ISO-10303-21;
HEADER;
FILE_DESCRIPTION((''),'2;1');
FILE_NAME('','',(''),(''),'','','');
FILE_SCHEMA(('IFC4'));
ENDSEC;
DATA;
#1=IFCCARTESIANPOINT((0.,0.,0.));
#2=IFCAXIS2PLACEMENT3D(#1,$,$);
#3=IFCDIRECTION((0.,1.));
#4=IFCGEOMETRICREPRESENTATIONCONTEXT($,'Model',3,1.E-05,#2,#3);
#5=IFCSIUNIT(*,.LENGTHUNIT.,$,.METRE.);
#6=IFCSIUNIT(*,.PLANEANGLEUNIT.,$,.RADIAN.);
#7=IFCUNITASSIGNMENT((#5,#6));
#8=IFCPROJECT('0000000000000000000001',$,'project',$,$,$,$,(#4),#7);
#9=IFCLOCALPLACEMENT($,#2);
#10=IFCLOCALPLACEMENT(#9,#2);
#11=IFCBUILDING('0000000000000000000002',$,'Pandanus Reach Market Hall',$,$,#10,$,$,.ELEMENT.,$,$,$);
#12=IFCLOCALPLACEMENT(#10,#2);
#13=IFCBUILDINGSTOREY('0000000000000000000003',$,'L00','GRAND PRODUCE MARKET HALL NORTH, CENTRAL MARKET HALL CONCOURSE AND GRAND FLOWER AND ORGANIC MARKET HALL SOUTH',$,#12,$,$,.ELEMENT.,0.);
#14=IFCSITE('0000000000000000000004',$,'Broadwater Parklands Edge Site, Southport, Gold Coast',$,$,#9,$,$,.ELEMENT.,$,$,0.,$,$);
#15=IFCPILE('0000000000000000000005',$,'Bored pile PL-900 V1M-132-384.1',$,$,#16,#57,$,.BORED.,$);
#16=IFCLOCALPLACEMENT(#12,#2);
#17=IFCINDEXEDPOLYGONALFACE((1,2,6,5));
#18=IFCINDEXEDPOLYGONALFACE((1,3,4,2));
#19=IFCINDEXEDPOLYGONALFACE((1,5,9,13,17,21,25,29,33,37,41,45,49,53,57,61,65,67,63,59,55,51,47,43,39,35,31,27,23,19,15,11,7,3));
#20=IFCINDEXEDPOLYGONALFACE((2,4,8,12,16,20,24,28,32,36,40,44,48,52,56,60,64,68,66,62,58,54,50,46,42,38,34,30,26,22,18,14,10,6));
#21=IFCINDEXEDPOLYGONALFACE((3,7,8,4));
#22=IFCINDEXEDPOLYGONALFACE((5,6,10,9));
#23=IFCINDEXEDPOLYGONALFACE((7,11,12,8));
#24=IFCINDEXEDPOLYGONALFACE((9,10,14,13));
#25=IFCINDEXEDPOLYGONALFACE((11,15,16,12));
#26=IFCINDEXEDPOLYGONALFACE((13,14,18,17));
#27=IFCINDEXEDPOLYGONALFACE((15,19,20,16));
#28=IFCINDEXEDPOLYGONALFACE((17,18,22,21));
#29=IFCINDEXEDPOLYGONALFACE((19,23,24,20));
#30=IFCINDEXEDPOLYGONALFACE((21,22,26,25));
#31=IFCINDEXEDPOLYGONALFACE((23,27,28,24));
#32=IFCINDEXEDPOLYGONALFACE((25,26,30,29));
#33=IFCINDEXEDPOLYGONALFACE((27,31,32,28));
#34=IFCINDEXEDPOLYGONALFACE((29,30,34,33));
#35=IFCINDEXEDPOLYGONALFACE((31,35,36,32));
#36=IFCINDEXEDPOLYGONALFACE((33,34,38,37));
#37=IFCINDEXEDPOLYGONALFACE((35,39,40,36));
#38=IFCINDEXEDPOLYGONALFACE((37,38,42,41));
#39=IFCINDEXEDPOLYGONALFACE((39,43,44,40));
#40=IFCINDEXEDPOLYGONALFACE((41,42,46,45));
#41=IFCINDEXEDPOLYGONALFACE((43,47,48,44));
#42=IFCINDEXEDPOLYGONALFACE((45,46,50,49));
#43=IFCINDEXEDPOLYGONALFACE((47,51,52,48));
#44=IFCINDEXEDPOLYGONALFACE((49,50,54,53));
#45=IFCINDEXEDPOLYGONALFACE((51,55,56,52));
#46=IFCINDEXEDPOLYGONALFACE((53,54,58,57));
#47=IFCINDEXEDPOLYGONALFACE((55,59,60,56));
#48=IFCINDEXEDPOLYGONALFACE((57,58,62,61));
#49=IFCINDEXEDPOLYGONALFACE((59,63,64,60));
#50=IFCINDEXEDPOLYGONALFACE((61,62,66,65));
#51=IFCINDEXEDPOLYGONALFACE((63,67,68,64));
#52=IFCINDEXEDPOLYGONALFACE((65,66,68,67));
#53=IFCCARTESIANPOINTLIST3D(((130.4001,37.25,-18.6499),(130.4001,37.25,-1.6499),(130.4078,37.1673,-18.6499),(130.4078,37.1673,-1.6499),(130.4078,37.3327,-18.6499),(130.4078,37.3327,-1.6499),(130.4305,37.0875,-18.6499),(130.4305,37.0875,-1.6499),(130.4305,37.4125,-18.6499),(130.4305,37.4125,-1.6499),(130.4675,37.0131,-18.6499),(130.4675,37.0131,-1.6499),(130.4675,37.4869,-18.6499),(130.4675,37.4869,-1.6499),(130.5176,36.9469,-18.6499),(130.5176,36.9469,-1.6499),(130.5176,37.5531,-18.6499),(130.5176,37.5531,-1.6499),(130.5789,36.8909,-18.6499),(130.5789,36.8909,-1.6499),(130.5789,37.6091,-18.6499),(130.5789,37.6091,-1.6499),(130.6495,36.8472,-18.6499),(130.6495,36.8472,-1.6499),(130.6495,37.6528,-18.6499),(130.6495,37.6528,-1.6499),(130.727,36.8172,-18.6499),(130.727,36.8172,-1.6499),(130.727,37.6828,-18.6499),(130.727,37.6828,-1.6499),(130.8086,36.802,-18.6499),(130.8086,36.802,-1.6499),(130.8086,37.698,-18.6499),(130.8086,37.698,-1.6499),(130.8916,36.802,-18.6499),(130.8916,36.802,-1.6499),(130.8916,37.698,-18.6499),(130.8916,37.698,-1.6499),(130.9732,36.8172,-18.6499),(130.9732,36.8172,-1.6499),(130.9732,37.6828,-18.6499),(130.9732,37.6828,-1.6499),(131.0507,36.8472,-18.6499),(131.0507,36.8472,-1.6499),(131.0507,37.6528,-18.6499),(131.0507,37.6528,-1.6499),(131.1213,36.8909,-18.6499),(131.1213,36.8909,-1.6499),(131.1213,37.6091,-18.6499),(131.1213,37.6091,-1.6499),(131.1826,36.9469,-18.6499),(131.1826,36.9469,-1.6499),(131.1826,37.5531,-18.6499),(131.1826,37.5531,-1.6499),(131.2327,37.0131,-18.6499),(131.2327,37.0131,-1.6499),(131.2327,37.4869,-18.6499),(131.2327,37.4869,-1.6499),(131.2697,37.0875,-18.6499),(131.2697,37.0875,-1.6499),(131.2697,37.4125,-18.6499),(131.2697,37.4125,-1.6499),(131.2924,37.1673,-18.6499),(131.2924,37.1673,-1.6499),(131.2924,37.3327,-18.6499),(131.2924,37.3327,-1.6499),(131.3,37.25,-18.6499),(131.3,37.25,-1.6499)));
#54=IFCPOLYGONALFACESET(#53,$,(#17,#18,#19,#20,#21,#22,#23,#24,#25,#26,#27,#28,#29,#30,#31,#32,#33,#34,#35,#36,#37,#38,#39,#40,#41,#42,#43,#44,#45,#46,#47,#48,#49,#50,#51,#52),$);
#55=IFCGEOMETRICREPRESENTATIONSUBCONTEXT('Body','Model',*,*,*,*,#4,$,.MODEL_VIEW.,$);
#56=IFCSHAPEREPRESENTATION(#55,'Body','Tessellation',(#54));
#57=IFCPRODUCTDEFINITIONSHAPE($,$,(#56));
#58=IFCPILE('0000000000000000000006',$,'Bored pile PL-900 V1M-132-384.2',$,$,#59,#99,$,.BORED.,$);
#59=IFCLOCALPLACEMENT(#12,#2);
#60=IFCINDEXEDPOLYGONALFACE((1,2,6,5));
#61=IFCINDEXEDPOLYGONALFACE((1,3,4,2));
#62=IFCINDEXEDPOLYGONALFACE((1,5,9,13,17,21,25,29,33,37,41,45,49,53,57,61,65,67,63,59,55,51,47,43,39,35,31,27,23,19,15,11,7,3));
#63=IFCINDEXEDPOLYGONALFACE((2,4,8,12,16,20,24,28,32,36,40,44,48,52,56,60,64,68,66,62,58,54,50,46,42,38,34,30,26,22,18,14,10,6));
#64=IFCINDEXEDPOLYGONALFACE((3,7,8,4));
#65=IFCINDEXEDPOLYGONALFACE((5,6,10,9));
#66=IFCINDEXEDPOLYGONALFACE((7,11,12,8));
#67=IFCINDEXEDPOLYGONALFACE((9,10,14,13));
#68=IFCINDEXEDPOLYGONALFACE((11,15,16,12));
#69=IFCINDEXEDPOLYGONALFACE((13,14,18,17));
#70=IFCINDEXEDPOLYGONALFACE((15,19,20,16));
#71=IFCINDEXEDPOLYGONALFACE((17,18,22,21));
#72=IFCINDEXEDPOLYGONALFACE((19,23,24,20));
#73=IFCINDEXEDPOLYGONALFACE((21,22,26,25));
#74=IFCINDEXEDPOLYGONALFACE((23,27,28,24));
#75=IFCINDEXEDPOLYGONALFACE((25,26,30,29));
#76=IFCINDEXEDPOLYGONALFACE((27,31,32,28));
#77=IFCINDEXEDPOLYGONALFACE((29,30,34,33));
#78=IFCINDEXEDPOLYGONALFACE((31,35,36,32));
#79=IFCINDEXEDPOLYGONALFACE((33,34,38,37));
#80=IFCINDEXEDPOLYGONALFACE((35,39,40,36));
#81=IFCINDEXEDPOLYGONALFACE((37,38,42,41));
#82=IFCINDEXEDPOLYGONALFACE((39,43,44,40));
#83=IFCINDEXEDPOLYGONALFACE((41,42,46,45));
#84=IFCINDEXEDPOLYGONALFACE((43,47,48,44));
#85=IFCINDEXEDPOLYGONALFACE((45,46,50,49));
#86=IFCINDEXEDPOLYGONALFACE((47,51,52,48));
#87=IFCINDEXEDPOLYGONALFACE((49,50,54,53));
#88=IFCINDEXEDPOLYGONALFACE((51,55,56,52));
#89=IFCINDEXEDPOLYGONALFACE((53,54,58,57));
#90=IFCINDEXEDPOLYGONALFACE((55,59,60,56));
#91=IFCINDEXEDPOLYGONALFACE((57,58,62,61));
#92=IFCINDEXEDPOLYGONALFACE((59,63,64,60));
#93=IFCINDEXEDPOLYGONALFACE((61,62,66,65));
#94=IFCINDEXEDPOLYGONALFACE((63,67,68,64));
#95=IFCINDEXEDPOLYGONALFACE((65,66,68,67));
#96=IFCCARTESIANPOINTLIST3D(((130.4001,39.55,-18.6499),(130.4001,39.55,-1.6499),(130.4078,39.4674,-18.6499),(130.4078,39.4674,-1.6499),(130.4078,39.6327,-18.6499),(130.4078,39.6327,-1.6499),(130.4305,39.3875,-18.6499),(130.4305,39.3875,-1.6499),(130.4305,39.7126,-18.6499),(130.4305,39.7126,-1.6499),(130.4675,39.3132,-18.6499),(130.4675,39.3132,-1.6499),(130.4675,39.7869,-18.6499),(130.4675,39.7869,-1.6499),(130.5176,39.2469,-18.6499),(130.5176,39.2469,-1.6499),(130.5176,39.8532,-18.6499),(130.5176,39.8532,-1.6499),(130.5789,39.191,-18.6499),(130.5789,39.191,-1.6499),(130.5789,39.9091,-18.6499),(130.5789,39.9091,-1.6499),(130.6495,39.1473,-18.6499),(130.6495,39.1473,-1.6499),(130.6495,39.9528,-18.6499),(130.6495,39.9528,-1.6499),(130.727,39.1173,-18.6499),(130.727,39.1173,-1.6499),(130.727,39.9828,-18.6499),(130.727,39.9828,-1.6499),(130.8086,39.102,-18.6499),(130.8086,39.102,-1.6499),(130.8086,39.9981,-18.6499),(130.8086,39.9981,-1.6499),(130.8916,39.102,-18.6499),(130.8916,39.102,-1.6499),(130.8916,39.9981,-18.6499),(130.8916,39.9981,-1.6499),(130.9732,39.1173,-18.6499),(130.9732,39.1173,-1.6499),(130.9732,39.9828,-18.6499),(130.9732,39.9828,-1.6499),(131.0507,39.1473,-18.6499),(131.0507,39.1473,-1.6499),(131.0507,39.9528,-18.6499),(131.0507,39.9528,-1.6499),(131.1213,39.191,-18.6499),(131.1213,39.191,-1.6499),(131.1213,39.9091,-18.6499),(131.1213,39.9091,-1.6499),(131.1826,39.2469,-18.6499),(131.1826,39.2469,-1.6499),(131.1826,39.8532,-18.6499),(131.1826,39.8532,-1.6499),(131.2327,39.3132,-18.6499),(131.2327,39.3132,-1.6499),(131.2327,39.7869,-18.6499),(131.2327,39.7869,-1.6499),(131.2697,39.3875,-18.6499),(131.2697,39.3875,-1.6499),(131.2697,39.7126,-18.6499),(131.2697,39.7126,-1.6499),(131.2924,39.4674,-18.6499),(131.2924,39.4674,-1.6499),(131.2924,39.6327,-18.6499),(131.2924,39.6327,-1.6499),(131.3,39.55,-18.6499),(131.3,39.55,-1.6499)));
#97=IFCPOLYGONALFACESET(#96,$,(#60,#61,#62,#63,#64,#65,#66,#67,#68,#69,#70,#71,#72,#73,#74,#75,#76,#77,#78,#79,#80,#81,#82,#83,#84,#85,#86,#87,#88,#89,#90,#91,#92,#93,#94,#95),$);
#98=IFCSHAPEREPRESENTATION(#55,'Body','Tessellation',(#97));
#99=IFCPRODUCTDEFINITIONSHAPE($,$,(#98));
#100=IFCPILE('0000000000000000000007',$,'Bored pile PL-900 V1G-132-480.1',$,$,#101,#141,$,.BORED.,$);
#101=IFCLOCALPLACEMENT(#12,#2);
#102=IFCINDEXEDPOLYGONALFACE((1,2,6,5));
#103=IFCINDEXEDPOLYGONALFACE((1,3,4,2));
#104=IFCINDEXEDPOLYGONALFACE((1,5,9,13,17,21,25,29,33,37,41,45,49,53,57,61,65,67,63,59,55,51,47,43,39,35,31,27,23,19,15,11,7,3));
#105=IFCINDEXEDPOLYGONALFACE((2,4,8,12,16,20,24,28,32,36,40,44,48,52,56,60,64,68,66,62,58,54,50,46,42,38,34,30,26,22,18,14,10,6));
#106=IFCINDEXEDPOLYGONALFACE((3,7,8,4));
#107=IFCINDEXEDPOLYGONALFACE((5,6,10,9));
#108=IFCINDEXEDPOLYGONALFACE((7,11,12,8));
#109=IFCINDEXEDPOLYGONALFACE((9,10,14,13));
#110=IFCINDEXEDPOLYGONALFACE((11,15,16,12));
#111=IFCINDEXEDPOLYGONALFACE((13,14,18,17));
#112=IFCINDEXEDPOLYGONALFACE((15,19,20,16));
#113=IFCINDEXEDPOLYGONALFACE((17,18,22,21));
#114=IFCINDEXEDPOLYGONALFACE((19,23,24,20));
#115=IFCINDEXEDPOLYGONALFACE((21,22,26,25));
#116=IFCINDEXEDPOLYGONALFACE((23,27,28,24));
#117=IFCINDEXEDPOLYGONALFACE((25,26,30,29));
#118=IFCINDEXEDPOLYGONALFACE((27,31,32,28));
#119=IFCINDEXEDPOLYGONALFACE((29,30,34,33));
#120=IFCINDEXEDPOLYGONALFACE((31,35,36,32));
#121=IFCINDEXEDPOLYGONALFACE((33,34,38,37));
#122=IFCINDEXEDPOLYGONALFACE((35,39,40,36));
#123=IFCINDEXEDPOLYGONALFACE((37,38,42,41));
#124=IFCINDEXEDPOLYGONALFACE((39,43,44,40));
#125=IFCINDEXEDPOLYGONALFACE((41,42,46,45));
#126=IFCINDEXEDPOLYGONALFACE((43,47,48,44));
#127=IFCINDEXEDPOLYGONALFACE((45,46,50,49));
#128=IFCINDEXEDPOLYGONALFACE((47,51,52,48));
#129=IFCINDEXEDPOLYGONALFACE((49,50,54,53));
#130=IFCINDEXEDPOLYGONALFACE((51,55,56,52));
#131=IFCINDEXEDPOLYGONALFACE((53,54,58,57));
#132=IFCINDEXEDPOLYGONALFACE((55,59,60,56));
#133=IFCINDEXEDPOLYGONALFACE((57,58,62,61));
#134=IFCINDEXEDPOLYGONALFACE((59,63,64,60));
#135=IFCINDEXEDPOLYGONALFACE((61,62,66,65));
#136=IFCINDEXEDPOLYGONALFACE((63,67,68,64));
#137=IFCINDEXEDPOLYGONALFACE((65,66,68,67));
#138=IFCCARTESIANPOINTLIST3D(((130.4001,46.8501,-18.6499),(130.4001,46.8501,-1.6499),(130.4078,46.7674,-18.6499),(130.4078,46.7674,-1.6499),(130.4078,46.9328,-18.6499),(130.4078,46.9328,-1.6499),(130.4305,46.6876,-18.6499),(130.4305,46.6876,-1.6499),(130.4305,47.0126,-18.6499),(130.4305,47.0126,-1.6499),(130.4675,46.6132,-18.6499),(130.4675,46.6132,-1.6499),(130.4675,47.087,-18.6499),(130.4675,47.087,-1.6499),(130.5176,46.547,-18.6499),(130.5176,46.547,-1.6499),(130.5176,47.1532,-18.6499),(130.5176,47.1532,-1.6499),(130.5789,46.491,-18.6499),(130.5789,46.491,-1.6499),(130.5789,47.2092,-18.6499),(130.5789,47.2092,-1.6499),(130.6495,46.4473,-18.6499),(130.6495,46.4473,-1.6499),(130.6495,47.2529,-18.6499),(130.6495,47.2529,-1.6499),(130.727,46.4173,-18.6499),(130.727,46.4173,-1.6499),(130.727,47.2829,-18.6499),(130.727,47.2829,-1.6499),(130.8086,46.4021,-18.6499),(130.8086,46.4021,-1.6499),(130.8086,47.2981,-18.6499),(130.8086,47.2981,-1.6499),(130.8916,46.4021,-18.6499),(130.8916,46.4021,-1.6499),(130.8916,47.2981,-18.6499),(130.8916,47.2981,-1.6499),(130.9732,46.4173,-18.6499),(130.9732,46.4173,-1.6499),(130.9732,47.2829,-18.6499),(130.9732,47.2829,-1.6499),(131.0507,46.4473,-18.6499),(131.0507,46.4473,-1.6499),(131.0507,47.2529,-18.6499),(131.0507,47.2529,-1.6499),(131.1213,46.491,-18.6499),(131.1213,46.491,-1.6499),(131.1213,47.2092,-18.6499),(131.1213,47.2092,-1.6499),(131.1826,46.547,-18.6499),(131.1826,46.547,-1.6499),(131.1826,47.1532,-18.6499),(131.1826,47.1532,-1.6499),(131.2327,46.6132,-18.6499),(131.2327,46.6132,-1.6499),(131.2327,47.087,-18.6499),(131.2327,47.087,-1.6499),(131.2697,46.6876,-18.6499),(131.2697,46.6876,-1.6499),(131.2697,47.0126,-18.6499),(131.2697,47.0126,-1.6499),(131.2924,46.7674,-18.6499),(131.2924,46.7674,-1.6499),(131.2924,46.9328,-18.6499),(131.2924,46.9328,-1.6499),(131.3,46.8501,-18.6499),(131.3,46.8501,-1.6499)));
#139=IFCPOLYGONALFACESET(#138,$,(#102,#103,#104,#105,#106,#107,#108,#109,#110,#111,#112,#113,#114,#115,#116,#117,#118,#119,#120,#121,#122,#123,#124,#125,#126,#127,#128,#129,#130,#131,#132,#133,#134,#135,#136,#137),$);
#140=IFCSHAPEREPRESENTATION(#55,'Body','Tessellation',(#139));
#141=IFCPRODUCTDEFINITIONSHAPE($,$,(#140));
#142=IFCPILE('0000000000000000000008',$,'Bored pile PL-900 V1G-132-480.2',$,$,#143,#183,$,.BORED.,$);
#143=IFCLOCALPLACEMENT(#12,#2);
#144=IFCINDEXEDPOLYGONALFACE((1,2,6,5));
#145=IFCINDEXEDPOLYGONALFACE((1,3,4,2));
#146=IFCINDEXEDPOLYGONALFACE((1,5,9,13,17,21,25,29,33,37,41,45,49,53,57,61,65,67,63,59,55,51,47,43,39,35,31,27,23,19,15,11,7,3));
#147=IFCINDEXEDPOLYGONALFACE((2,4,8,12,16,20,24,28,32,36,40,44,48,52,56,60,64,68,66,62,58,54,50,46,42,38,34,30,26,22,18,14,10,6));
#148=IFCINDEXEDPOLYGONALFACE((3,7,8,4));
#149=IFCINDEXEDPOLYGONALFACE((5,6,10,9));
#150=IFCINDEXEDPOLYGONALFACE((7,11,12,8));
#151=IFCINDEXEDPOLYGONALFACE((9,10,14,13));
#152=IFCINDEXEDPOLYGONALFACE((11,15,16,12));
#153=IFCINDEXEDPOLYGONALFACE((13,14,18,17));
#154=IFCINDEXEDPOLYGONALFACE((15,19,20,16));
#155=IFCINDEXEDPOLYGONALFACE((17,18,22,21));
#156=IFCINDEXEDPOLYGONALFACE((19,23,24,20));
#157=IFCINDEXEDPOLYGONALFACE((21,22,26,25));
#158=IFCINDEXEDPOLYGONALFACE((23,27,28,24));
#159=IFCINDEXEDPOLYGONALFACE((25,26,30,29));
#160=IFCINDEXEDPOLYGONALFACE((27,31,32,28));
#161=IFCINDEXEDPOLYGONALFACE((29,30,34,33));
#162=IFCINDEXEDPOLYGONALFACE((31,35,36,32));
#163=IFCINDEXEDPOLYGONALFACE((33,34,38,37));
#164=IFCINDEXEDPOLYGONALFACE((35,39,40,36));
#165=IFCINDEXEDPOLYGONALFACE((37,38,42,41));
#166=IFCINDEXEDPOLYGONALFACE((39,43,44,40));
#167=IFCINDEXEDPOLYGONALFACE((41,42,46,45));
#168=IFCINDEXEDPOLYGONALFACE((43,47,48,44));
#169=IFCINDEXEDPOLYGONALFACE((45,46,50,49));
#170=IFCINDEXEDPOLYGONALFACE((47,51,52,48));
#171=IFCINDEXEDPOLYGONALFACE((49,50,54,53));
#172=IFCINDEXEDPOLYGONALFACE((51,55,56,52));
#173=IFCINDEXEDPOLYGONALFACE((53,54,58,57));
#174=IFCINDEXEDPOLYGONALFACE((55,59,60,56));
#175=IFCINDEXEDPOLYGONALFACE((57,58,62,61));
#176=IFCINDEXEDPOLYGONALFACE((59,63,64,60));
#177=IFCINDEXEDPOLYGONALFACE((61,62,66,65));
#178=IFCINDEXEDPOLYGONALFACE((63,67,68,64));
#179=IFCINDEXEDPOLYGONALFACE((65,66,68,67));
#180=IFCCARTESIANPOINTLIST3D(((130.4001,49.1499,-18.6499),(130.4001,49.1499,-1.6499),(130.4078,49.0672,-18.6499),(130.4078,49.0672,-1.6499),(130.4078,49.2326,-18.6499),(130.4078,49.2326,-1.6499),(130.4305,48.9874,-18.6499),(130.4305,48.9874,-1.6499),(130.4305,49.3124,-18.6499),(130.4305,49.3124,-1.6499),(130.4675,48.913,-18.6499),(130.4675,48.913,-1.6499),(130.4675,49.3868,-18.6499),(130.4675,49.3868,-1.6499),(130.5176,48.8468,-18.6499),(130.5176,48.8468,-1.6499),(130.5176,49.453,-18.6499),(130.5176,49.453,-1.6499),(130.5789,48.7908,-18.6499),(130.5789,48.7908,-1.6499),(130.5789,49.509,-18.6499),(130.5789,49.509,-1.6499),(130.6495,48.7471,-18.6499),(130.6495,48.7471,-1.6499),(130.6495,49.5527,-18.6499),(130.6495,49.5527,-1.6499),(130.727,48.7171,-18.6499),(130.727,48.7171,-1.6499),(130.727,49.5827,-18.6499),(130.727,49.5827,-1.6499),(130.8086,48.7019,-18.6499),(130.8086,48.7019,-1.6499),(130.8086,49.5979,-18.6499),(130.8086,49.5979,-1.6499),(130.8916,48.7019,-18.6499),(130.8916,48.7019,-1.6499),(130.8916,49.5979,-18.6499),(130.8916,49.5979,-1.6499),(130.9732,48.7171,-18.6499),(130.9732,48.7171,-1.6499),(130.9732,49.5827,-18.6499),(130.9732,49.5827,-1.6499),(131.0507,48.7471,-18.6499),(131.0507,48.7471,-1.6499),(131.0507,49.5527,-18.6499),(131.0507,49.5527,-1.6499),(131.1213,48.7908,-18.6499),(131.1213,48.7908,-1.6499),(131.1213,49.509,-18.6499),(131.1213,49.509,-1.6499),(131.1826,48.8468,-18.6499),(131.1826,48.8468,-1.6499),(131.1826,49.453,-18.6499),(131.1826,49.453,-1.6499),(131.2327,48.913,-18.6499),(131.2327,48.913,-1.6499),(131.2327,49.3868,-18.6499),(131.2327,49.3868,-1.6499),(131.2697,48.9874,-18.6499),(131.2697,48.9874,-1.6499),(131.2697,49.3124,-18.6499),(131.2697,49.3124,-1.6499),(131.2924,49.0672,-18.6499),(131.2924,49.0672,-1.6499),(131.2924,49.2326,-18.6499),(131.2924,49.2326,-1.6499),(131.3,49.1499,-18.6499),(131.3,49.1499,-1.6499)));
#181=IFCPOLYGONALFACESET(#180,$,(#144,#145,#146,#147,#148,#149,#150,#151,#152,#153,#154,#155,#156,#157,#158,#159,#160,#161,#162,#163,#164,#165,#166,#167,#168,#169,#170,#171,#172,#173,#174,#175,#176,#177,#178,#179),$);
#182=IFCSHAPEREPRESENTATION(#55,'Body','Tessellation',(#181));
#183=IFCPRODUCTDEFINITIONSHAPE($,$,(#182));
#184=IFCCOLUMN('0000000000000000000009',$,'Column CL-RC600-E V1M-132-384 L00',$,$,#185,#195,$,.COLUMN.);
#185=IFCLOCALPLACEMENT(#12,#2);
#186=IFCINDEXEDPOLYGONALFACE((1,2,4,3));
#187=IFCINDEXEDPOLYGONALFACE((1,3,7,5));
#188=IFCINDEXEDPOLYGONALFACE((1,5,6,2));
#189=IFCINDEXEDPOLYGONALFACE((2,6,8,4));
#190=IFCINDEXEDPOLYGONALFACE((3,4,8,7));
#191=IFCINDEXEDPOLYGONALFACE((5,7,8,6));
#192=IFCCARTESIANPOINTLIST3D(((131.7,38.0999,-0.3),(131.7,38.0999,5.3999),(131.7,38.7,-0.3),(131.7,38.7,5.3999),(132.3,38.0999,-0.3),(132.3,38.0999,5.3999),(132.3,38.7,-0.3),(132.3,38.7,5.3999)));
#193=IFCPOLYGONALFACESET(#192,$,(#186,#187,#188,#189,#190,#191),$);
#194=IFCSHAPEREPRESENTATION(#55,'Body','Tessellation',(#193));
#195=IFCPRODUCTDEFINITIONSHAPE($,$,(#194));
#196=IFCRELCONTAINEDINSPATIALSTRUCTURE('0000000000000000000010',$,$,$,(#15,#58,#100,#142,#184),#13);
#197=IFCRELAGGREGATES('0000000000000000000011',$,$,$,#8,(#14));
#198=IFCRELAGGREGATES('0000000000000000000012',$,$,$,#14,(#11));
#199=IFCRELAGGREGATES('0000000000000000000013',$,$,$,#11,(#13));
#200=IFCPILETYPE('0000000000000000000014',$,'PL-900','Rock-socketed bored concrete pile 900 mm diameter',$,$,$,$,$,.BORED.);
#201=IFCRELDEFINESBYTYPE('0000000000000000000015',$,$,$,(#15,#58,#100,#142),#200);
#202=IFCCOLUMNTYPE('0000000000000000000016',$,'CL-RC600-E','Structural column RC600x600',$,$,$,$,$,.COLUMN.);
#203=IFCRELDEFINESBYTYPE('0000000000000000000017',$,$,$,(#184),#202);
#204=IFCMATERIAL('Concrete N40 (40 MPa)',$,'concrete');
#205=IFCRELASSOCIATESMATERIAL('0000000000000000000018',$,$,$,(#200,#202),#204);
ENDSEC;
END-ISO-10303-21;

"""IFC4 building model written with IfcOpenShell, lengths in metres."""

from ifc_helpers import new_model, si_unit, direction, frame, origin, origin_2d, place, context, subcontext, project, spatial, rectangle, circle, extrude, material, material_profile, profile_set, type_object, element, save


model = new_model("IFC4")

# Units and contexts
model_context = context("Model", 3, precision=1e-05, world=origin(), true_north=direction((0.0, 1.0)))
body_context = subcontext(model_context, "Body", "Model", "MODEL_VIEW")
ifc_project = project(units=[si_unit("LENGTHUNIT", "METRE"), si_unit("PLANEANGLEUNIT", "RADIAN")], contexts=[model_context])

# Site, building, storey
site_placement = place(None, origin())
site = spatial("IfcSite", under=ifc_project, at=site_placement, Name="Broadwater Parklands Edge Site, Southport, Gold Coast", CompositionType="ELEMENT", RefElevation=0.0)
building_placement = place(site_placement, origin())
building = spatial("IfcBuilding", under=site, at=building_placement, Name="Pandanus Reach Market Hall", CompositionType="ELEMENT")
storey_placement = place(building_placement, origin())
storey = spatial("IfcBuildingStorey", under=building, at=storey_placement, Name="L00", Description="GRAND PRODUCE MARKET HALL NORTH, CENTRAL MARKET HALL CONCOURSE AND GRAND FLOWER AND ORGANIC MARKET HALL SOUTH", CompositionType="ELEMENT", Elevation=0.0)

# Shared definitions
ifc_material_1 = material(Name="Concrete N40 (40 MPa)", Category="concrete")

# Piles
ifc_material_profile_1 = material_profile(ifc_material_1, circle(Radius=0.45, at=origin_2d()), Name="PILE-900D", Category="LoadBearing")
ifc_profile_set_1 = profile_set([ifc_material_profile_1], Name="Concrete N40 (40 MPa)")
pile_type = type_object("IfcPileType", Name="PL-900", Description="Rock-socketed bored concrete pile 900 mm diameter", PredefinedType="BORED", material=ifc_profile_set_1)
for number, where, z_axis, x_axis, name in (
    (1, (130.8501, 37.25, -1.6499), (0.0, 0.0, -1.0), (1.0, 0.0, 0.0), "Bored pile PL-900 V1M-132-384.1"),
    (2, (130.8501, 39.55, -1.6499), (0.0, 0.0, -1.0), (1.0, 0.0, 0.0), "Bored pile PL-900 V1M-132-384.2"),
    (3, (130.8501, 46.8501, -1.6499), (0.0, 0.0, -1.0), (1.0, 0.0, 0.0), "Bored pile PL-900 V1G-132-480.1"),
    (4, (130.8501, 49.1499, -1.6499), (0.0, 0.0, -1.0), (1.0, 0.0, 0.0), "Bored pile PL-900 V1G-132-480.2"),
):
    element("IfcPile", number, at=place(storey_placement, frame(where, z_axis=z_axis, x_axis=x_axis)), inside=storey, type_object=pile_type, Name=name, PredefinedType="BORED", context=body_context, shape_type="SweptSolid", body=[
        extrude(circle(Radius=0.45, at=origin_2d()), origin(), (0.0, 0.0, 1.0), 17.0),
    ])

# Column
ifc_material_profile_2 = material_profile(ifc_material_1, rectangle(XDim=0.6001, YDim=0.6001, at=origin_2d()), Name="RC600x600", Category="LoadBearing")
ifc_profile_set_2 = profile_set([ifc_material_profile_2], Name="Concrete N40 (40 MPa)")
column_type_1 = type_object("IfcColumnType", Name="CL-RC600-E", Description="Structural column RC600x600", PredefinedType="COLUMN", material=ifc_profile_set_2)
column_1_placement = place(storey_placement, frame((132.0, 38.3999, -0.3), z_axis=(0.0, 0.0, 1.0), x_axis=(1.0, 0.0, 0.0)))
element("IfcColumn", 5, at=column_1_placement, inside=storey, type_object=column_type_1, Name="Column CL-RC600-E V1M-132-384 L00", PredefinedType="COLUMN", context=body_context, shape_type="SweptSolid", body=[
    extrude(rectangle(XDim=0.6001, YDim=0.6001, at=origin_2d()), origin(), (0.0, 0.0, 1.0), 5.7),
])

save(model, "model.ifc")
